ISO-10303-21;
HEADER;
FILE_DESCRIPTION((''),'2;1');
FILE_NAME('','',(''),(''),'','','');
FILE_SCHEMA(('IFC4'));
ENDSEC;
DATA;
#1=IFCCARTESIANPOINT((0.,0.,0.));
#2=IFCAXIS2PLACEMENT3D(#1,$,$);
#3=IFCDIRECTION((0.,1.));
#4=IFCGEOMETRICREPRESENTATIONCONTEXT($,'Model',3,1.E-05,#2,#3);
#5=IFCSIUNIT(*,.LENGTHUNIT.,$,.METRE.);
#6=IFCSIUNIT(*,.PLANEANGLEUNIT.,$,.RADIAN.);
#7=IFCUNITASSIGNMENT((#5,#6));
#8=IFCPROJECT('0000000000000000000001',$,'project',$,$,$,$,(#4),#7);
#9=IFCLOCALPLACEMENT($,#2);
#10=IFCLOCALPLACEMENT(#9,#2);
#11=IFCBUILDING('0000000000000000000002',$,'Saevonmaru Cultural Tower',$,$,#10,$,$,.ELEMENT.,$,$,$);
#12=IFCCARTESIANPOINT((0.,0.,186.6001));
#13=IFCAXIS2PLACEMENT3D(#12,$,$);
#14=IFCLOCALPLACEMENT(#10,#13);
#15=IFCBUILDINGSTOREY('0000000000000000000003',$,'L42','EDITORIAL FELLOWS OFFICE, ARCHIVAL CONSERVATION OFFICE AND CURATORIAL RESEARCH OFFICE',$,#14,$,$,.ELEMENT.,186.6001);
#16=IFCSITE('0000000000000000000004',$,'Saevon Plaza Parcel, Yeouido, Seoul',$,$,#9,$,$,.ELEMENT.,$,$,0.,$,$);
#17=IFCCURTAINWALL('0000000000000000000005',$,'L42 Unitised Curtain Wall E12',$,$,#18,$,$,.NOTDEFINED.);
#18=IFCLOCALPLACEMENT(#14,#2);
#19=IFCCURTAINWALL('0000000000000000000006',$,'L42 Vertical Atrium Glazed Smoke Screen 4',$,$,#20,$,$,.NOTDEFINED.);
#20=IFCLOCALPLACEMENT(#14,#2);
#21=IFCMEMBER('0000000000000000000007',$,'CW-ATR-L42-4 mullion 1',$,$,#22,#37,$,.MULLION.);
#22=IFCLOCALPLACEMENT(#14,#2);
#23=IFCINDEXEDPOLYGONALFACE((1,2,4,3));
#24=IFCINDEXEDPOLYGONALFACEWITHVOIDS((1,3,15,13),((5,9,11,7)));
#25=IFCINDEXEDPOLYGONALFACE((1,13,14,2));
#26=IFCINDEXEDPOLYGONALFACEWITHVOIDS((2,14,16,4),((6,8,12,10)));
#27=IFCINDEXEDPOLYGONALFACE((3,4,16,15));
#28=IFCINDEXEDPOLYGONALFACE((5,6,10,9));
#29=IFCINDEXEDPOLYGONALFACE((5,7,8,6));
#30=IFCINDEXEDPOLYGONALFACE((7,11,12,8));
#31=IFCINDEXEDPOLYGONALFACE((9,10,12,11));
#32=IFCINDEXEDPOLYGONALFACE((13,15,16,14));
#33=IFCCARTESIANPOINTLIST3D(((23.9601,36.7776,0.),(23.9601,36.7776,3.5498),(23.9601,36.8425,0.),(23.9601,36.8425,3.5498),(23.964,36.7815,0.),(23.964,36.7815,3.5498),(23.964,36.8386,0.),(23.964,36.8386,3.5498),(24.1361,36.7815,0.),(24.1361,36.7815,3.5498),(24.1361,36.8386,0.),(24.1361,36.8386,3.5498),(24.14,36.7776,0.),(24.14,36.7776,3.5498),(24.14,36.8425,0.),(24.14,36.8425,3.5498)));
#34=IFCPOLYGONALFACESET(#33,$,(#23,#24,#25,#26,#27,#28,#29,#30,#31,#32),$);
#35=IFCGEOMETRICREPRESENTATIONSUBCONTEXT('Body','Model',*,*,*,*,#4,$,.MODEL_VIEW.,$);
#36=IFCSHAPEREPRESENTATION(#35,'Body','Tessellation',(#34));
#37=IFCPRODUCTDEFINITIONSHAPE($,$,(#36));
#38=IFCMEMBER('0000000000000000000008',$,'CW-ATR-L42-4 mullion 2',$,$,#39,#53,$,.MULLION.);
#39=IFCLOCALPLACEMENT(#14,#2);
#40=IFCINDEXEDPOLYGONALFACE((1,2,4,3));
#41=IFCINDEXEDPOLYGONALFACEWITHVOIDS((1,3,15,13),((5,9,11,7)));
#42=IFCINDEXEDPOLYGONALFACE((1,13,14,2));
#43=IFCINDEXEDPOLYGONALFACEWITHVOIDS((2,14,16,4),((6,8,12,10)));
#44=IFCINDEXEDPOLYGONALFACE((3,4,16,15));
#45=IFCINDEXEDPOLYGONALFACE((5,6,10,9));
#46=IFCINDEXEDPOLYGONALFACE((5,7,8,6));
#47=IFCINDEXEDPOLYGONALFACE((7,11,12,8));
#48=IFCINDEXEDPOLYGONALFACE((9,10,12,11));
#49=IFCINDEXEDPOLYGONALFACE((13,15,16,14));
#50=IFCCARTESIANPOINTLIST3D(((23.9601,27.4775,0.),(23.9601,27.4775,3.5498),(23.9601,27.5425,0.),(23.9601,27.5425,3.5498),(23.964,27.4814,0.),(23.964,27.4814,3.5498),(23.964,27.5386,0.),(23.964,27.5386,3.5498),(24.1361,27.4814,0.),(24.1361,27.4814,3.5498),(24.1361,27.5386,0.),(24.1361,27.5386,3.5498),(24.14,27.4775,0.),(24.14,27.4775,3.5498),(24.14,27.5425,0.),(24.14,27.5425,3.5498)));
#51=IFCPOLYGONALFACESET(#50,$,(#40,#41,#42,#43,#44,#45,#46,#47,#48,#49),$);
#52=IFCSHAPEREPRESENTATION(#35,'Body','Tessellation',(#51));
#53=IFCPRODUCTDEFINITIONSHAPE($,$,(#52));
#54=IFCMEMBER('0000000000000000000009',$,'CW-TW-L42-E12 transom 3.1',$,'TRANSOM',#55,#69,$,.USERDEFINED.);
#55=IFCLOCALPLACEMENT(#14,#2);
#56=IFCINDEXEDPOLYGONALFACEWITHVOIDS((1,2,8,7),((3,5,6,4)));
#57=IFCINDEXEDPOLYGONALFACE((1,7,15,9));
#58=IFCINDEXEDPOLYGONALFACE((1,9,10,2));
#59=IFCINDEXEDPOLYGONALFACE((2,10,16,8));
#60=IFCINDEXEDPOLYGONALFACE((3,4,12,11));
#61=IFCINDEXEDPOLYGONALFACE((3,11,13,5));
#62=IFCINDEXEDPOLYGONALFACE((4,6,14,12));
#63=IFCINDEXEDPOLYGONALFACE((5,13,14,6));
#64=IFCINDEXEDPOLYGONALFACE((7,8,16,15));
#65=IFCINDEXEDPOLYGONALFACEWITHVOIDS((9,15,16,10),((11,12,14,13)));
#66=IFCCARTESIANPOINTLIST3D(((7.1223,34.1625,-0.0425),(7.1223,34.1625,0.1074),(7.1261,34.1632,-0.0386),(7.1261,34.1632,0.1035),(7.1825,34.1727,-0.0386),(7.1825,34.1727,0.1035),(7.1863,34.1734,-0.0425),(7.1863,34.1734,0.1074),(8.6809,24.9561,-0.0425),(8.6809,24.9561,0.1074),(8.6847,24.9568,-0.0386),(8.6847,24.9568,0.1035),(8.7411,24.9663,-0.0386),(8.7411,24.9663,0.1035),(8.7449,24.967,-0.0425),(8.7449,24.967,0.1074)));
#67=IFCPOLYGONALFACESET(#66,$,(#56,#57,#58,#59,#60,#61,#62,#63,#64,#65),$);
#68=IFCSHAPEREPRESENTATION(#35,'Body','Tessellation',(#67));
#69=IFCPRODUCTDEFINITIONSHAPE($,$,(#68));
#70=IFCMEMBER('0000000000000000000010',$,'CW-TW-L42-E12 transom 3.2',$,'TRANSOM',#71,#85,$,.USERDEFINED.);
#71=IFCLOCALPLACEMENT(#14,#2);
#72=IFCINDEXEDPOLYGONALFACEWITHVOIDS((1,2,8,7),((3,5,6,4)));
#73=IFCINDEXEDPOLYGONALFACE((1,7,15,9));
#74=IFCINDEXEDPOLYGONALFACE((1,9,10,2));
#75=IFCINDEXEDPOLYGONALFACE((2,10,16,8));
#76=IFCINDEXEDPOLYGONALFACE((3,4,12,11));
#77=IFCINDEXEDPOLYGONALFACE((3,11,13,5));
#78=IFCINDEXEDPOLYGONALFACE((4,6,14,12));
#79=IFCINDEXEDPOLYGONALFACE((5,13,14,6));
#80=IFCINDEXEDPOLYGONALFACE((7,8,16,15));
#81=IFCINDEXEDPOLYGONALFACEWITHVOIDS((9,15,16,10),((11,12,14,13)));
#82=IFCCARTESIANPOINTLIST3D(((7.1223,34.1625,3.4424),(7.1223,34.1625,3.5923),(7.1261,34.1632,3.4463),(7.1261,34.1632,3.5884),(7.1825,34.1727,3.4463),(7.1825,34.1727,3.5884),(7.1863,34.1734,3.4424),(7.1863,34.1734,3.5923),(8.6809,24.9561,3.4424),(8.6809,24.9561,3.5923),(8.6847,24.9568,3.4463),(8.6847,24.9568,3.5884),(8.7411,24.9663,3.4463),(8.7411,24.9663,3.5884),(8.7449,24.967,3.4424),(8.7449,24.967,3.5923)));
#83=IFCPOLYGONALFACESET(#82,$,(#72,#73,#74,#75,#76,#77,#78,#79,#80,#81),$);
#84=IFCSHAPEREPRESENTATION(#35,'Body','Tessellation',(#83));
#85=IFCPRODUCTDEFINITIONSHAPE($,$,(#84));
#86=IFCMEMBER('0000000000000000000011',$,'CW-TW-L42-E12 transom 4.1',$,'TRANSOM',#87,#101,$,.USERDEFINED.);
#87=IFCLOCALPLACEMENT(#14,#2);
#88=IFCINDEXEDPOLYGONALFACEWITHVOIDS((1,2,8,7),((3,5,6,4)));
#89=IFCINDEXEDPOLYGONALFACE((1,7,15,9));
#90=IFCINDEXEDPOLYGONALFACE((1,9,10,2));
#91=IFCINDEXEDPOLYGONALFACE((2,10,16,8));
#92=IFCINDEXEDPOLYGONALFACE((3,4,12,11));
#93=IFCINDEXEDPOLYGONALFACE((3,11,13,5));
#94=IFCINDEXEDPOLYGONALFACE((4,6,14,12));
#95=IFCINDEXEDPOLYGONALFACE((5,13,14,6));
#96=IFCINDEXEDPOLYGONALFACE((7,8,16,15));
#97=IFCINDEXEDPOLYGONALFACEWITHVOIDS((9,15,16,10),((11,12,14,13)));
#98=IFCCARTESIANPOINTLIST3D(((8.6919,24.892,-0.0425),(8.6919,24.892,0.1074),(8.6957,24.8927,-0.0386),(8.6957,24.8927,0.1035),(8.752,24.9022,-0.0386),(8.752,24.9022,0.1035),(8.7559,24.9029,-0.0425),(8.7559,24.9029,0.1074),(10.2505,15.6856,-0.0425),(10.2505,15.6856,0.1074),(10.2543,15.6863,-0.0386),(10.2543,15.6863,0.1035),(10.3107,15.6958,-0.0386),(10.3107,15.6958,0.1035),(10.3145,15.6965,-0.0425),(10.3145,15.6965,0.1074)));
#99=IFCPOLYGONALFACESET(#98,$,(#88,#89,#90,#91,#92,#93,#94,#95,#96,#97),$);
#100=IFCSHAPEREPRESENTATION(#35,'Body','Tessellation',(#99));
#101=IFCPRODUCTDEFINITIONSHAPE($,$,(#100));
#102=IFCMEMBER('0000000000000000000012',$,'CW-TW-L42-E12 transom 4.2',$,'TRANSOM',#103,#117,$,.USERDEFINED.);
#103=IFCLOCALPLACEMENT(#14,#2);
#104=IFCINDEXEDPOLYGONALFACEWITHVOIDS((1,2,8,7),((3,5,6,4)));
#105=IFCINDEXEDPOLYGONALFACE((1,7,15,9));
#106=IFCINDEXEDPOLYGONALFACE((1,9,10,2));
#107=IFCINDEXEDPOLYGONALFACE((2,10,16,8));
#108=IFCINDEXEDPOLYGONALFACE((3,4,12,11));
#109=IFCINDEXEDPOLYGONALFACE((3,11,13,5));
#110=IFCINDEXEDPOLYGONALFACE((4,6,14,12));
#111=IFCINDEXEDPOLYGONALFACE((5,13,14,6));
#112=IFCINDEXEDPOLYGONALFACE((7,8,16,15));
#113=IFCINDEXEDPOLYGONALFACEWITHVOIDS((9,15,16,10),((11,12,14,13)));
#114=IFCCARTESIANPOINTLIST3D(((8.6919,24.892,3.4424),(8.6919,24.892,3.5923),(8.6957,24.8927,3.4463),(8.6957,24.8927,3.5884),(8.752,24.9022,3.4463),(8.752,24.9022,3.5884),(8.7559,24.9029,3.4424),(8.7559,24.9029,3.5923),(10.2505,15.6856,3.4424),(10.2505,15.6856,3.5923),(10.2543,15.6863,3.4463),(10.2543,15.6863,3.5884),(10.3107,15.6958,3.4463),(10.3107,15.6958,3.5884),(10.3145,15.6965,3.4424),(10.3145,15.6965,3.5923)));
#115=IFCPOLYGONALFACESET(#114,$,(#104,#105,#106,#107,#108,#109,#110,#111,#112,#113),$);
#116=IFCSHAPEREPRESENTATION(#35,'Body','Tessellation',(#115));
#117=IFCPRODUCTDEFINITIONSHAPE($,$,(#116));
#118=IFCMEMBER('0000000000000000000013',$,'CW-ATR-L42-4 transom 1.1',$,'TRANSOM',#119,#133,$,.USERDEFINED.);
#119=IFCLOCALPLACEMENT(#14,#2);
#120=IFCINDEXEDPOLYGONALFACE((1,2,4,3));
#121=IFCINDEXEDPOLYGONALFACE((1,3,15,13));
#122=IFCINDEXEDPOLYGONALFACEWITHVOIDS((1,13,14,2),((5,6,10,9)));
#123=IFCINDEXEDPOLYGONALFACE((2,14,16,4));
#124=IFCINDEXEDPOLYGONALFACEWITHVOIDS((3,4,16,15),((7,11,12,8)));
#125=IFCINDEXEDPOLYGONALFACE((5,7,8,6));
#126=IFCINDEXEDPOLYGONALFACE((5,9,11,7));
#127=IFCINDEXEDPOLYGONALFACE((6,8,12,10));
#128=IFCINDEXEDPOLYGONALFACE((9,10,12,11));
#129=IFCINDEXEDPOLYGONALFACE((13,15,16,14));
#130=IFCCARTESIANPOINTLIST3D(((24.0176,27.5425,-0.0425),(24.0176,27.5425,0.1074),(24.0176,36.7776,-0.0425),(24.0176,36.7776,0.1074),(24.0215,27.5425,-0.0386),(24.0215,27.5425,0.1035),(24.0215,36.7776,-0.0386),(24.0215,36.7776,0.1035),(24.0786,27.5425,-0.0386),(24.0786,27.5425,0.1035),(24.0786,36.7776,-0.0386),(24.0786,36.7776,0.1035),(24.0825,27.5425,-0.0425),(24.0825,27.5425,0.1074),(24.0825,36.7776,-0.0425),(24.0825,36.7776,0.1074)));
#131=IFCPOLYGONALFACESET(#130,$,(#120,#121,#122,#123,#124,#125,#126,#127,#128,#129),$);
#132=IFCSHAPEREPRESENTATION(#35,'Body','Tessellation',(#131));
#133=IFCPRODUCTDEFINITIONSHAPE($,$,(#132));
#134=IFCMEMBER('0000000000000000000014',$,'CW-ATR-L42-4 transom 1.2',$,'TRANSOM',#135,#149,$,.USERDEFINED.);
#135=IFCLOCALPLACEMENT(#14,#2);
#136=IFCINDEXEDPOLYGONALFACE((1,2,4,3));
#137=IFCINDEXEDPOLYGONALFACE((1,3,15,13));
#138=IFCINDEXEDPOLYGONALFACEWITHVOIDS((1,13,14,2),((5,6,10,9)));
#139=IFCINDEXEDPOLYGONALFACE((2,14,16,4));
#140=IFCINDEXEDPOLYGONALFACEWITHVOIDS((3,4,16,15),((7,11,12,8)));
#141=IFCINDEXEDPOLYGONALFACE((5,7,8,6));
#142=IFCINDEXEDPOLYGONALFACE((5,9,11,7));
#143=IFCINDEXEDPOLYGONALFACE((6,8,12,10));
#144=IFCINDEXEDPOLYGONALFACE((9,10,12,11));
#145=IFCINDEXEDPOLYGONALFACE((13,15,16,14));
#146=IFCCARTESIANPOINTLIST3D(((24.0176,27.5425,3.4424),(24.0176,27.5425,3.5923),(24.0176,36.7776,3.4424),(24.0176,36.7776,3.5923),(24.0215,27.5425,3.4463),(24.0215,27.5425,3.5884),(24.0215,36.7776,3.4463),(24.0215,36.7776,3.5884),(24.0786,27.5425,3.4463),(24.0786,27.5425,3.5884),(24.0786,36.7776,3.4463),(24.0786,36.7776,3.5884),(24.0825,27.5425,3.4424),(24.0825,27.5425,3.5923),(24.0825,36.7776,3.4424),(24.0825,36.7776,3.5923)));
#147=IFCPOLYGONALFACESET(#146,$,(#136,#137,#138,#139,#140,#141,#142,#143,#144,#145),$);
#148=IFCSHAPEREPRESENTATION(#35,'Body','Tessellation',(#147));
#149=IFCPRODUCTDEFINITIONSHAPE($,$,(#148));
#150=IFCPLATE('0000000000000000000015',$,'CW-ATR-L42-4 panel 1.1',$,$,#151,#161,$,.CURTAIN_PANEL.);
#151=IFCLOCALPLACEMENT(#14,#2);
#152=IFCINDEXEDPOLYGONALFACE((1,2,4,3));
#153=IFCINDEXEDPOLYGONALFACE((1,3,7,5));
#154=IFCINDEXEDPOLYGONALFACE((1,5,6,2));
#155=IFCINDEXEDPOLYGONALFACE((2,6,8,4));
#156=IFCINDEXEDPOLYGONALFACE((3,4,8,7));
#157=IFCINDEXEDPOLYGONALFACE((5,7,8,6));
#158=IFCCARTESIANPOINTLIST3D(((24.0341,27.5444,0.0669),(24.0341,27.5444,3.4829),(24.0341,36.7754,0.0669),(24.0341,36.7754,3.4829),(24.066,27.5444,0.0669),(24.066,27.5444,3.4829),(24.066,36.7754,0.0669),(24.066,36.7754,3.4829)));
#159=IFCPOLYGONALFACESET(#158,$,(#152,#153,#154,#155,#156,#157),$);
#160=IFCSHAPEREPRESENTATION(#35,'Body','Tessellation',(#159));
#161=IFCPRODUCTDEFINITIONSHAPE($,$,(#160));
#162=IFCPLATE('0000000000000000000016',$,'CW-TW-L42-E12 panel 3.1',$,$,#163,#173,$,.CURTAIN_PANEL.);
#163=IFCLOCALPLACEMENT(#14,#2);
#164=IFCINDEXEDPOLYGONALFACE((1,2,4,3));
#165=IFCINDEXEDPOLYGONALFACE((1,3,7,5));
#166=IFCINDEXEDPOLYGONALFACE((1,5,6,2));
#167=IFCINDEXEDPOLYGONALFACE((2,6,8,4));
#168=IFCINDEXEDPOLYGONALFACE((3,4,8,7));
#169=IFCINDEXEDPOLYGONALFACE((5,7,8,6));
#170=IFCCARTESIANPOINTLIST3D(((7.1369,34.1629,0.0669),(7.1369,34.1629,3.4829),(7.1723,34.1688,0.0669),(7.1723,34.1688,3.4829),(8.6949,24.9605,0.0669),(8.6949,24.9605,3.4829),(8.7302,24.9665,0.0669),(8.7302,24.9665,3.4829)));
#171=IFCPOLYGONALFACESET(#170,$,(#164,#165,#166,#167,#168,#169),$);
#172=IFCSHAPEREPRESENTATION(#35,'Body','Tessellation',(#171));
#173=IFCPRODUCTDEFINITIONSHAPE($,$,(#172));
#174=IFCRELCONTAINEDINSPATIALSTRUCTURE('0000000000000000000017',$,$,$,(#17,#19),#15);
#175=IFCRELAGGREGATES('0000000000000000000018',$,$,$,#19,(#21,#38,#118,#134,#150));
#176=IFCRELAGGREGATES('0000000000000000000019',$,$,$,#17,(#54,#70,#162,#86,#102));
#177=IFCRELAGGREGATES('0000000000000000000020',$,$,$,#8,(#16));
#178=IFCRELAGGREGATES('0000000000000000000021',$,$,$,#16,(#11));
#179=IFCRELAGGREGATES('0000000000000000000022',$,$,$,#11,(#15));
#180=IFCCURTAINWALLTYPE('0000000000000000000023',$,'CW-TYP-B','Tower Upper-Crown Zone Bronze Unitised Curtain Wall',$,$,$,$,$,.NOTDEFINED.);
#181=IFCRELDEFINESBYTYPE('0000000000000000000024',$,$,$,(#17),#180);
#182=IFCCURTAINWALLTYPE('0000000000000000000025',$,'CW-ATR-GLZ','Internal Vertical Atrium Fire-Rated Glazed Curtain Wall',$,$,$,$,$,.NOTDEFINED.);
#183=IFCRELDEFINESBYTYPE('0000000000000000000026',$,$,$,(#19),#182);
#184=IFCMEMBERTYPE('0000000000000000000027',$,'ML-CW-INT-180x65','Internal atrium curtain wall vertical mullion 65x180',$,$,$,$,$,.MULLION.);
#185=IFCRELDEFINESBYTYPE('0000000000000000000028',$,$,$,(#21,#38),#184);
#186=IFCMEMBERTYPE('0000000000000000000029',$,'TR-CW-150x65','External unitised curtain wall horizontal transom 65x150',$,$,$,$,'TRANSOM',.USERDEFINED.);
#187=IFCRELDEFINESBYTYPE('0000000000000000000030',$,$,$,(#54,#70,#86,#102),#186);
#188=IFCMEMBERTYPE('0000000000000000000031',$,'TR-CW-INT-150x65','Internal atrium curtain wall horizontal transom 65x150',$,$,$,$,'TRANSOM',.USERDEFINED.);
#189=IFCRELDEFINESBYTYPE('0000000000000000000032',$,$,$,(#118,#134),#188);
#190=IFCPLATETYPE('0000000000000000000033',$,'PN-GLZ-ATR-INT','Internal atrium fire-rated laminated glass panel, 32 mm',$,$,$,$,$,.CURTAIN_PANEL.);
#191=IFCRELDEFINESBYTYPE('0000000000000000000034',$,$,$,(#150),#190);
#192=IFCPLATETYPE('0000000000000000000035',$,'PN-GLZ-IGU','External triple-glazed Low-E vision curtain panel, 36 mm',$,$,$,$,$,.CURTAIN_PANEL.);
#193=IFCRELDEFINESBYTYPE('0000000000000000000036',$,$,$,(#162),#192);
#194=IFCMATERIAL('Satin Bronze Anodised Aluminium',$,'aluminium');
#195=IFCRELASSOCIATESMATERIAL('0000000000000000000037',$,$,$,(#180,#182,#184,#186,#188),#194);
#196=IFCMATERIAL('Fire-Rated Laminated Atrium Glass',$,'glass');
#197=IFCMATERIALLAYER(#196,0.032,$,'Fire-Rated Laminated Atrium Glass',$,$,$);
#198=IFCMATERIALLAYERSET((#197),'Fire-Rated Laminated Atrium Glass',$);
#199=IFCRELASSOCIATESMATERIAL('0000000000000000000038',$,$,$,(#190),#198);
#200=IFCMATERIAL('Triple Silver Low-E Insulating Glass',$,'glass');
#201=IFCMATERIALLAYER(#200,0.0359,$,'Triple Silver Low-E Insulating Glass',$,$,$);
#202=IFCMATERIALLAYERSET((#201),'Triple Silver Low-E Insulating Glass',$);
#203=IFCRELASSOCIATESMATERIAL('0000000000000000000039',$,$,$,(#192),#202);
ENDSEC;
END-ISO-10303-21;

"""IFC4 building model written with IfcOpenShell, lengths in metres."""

from ifc_helpers import new_model, si_unit, direction, frame, origin, origin_2d, place, context, subcontext, project, spatial, rectangle, hollow_rectangle, extrude, material, layer, layer_set, material_profile, profile_set, type_object, element, aggregate, save


model = new_model("IFC4")

# Units and contexts
model_context = context("Model", 3, precision=1e-05, world=origin(), true_north=direction((0.0, 1.0)))
body_context = subcontext(model_context, "Body", "Model", "MODEL_VIEW")
ifc_project = project(units=[si_unit("LENGTHUNIT", "METRE"), si_unit("PLANEANGLEUNIT", "RADIAN")], contexts=[model_context])

# Site, building, storey
site_placement = place(None, origin())
site = spatial("IfcSite", under=ifc_project, at=site_placement, Name="Saevon Plaza Parcel, Yeouido, Seoul", CompositionType="ELEMENT", RefElevation=0.0)
building_placement = place(site_placement, origin())
building = spatial("IfcBuilding", under=site, at=building_placement, Name="Saevonmaru Cultural Tower", CompositionType="ELEMENT")
storey_placement = place(building_placement, frame((0.0, 0.0, 186.6001)))
storey = spatial("IfcBuildingStorey", under=building, at=storey_placement, Name="L42", Description="EDITORIAL FELLOWS OFFICE, ARCHIVAL CONSERVATION OFFICE AND CURATORIAL RESEARCH OFFICE", CompositionType="ELEMENT", Elevation=186.6001)

# Curtain walls, members
ifc_material_1 = material(Name="Satin Bronze Anodised Aluminium", Category="aluminium")
curtain_wall_type_1 = type_object("IfcCurtainWallType", Name="CW-TYP-B", Description="Tower Upper-Crown Zone Bronze Unitised Curtain Wall", PredefinedType="NOTDEFINED", material=ifc_material_1)
curtain_wall_1_placement = place(storey_placement, origin())
curtain_wall_1 = element("IfcCurtainWall", 1, at=curtain_wall_1_placement, inside=storey, type_object=curtain_wall_type_1, Name="L42 Unitised Curtain Wall E12", PredefinedType="NOTDEFINED")
curtain_wall_type_2 = type_object("IfcCurtainWallType", Name="CW-ATR-GLZ", Description="Internal Vertical Atrium Fire-Rated Glazed Curtain Wall", PredefinedType="NOTDEFINED", material=ifc_material_1)
curtain_wall_2_placement = place(storey_placement, origin())
curtain_wall_2 = element("IfcCurtainWall", 2, at=curtain_wall_2_placement, inside=storey, type_object=curtain_wall_type_2, Name="L42 Vertical Atrium Glazed Smoke Screen 4", PredefinedType="NOTDEFINED")
ifc_material_profile_1 = material_profile(ifc_material_1, hollow_rectangle(XDim=0.0649, YDim=0.1799, WallThickness=0.0039, at=origin_2d()), Name="ALU-MULL-180x65x4")
ifc_profile_set_1 = profile_set([ifc_material_profile_1], Name="Satin Bronze Anodised Aluminium")
member_type_1 = type_object("IfcMemberType", Name="ML-CW-INT-180x65", Description="Internal atrium curtain wall vertical mullion 65x180", PredefinedType="MULLION", material=ifc_profile_set_1)
member_1_placement = place(storey_placement, frame((24.05, 36.8101, 0.0), z_axis=(0.0, 0.0, 1.0), x_axis=(0.0, -1.0, 0.0)))
member_1 = element("IfcMember", 3, at=member_1_placement, type_object=member_type_1, Name="CW-ATR-L42-4 mullion 1", PredefinedType="MULLION", context=body_context, shape_type="SweptSolid", body=[
    extrude(hollow_rectangle(XDim=0.0649, YDim=0.1799, WallThickness=0.0039, at=origin_2d()), origin(), (0.0, 0.0, 1.0), 3.5498),
])
member_2_placement = place(storey_placement, frame((24.05, 27.51, 0.0), z_axis=(0.0, 0.0, 1.0), x_axis=(0.0, -1.0, 0.0)))
member_2 = element("IfcMember", 4, at=member_2_placement, type_object=member_type_1, Name="CW-ATR-L42-4 mullion 2", PredefinedType="MULLION", context=body_context, shape_type="SweptSolid", body=[
    extrude(hollow_rectangle(XDim=0.0649, YDim=0.1799, WallThickness=0.0039, at=origin_2d()), origin(), (0.0, 0.0, 1.0), 3.5498),
])

# Members
ifc_material_profile_2 = material_profile(ifc_material_1, hollow_rectangle(XDim=0.0649, YDim=0.1499, WallThickness=0.0039, at=origin_2d()), Name="ALU-TRAN-150x65x4")
ifc_profile_set_2 = profile_set([ifc_material_profile_2], Name="Satin Bronze Anodised Aluminium")
member_type_2 = type_object("IfcMemberType", Name="TR-CW-150x65", Description="External unitised curtain wall horizontal transom 65x150", ElementType="TRANSOM", PredefinedType="USERDEFINED", material=ifc_profile_set_2)
member_3_placement = place(storey_placement, frame((7.1543, 34.168, 0.0325), z_axis=(0.166921, -0.98597, 0.0), x_axis=(0.98597, 0.166921, 0.0)))
member_3 = element("IfcMember", 5, at=member_3_placement, type_object=member_type_2, Name="CW-TW-L42-E12 transom 3.1", ObjectType="TRANSOM", PredefinedType="USERDEFINED", context=body_context, shape_type="SweptSolid", body=[
    extrude(hollow_rectangle(XDim=0.0649, YDim=0.1499, WallThickness=0.0039, at=origin_2d()), origin(), (0.0, 0.0, 1.0), 9.3374),
])
member_4_placement = place(storey_placement, frame((7.1543, 34.168, 3.5173), z_axis=(0.166921, -0.98597, 0.0), x_axis=(0.98597, 0.166921, 0.0)))
member_4 = element("IfcMember", 6, at=member_4_placement, type_object=member_type_2, Name="CW-TW-L42-E12 transom 3.2", ObjectType="TRANSOM", PredefinedType="USERDEFINED", context=body_context, shape_type="SweptSolid", body=[
    extrude(hollow_rectangle(XDim=0.0649, YDim=0.1499, WallThickness=0.0039, at=origin_2d()), origin(), (0.0, 0.0, 1.0), 9.3374),
])
member_5_placement = place(storey_placement, frame((8.7239, 24.8975, 0.0325), z_axis=(0.166921, -0.98597, 0.0), x_axis=(0.98597, 0.166921, 0.0)))
member_5 = element("IfcMember", 7, at=member_5_placement, type_object=member_type_2, Name="CW-TW-L42-E12 transom 4.1", ObjectType="TRANSOM", PredefinedType="USERDEFINED", context=body_context, shape_type="SweptSolid", body=[
    extrude(hollow_rectangle(XDim=0.0649, YDim=0.1499, WallThickness=0.0039, at=origin_2d()), origin(), (0.0, 0.0, 1.0), 9.3374),
])
member_6_placement = place(storey_placement, frame((8.7239, 24.8975, 3.5173), z_axis=(0.166921, -0.98597, 0.0), x_axis=(0.98597, 0.166921, 0.0)))
member_6 = element("IfcMember", 8, at=member_6_placement, type_object=member_type_2, Name="CW-TW-L42-E12 transom 4.2", ObjectType="TRANSOM", PredefinedType="USERDEFINED", context=body_context, shape_type="SweptSolid", body=[
    extrude(hollow_rectangle(XDim=0.0649, YDim=0.1499, WallThickness=0.0039, at=origin_2d()), origin(), (0.0, 0.0, 1.0), 9.3374),
])
ifc_material_profile_3 = material_profile(ifc_material_1, hollow_rectangle(XDim=0.0649, YDim=0.1499, WallThickness=0.0039, at=origin_2d()), Name="ALU-TRAN-150x65x4")
ifc_profile_set_3 = profile_set([ifc_material_profile_3], Name="Satin Bronze Anodised Aluminium")
member_type_3 = type_object("IfcMemberType", Name="TR-CW-INT-150x65", Description="Internal atrium curtain wall horizontal transom 65x150", ElementType="TRANSOM", PredefinedType="USERDEFINED", material=ifc_profile_set_3)
member_7_placement = place(storey_placement, frame((24.05, 36.7776, 0.0325), z_axis=(0.0, -1.0, 0.0), x_axis=(1.0, 0.0, 0.0)))
member_7 = element("IfcMember", 9, at=member_7_placement, type_object=member_type_3, Name="CW-ATR-L42-4 transom 1.1", ObjectType="TRANSOM", PredefinedType="USERDEFINED", context=body_context, shape_type="SweptSolid", body=[
    extrude(hollow_rectangle(XDim=0.0649, YDim=0.1499, WallThickness=0.0039, at=origin_2d()), origin(), (0.0, 0.0, 1.0), 9.2351),
])
member_8_placement = place(storey_placement, frame((24.05, 36.7776, 3.5173), z_axis=(0.0, -1.0, 0.0), x_axis=(1.0, 0.0, 0.0)))
member_8 = element("IfcMember", 10, at=member_8_placement, type_object=member_type_3, Name="CW-ATR-L42-4 transom 1.2", ObjectType="TRANSOM", PredefinedType="USERDEFINED", context=body_context, shape_type="SweptSolid", body=[
    extrude(hollow_rectangle(XDim=0.0649, YDim=0.1499, WallThickness=0.0039, at=origin_2d()), origin(), (0.0, 0.0, 1.0), 9.2351),
])

# Plates
ifc_material_2 = material(Name="Fire-Rated Laminated Atrium Glass", Category="glass")
ifc_layer_1 = layer(ifc_material_2, 0.032, Name="Fire-Rated Laminated Atrium Glass")
ifc_layer_set_1 = layer_set([ifc_layer_1], Name="Fire-Rated Laminated Atrium Glass")
plate_type_1 = type_object("IfcPlateType", Name="PN-GLZ-ATR-INT", Description="Internal atrium fire-rated laminated glass panel, 32 mm", PredefinedType="CURTAIN_PANEL", material=ifc_layer_set_1)
plate_1_placement = place(storey_placement, frame((24.05, 32.1599, 0.0669), z_axis=(0.0, 0.0, 1.0), x_axis=(0.0, -1.0, 0.0)))
plate_1 = element("IfcPlate", 11, at=plate_1_placement, type_object=plate_type_1, Name="CW-ATR-L42-4 panel 1.1", PredefinedType="CURTAIN_PANEL", context=body_context, shape_type="SweptSolid", body=[
    extrude(rectangle(XDim=9.231, YDim=0.032, at=origin_2d()), origin(), (0.0, 0.0, 1.0), 3.416),
])
aggregate(curtain_wall_2, [member_1, member_2, member_7, member_8, plate_1])
ifc_material_3 = material(Name="Triple Silver Low-E Insulating Glass", Category="glass")
ifc_layer_2 = layer(ifc_material_3, 0.0359, Name="Triple Silver Low-E Insulating Glass")
ifc_layer_set_2 = layer_set([ifc_layer_2], Name="Triple Silver Low-E Insulating Glass")
plate_type_2 = type_object("IfcPlateType", Name="PN-GLZ-IGU", Description="External triple-glazed Low-E vision curtain panel, 36 mm", PredefinedType="CURTAIN_PANEL", material=ifc_layer_set_2)
plate_2_placement = place(storey_placement, frame((7.9336, 29.5647, 0.0669), z_axis=(0.0, 0.0, 1.0), x_axis=(0.166922, -0.98597, 0.0)))
plate_2 = element("IfcPlate", 12, at=plate_2_placement, type_object=plate_type_2, Name="CW-TW-L42-E12 panel 3.1", PredefinedType="CURTAIN_PANEL", context=body_context, shape_type="SweptSolid", body=[
    extrude(rectangle(XDim=9.3333, YDim=0.0359, at=origin_2d()), origin(), (0.0, 0.0, 1.0), 3.416),
])
aggregate(curtain_wall_1, [member_3, member_4, plate_2, member_5, member_6])

save(model, "model.ifc")
